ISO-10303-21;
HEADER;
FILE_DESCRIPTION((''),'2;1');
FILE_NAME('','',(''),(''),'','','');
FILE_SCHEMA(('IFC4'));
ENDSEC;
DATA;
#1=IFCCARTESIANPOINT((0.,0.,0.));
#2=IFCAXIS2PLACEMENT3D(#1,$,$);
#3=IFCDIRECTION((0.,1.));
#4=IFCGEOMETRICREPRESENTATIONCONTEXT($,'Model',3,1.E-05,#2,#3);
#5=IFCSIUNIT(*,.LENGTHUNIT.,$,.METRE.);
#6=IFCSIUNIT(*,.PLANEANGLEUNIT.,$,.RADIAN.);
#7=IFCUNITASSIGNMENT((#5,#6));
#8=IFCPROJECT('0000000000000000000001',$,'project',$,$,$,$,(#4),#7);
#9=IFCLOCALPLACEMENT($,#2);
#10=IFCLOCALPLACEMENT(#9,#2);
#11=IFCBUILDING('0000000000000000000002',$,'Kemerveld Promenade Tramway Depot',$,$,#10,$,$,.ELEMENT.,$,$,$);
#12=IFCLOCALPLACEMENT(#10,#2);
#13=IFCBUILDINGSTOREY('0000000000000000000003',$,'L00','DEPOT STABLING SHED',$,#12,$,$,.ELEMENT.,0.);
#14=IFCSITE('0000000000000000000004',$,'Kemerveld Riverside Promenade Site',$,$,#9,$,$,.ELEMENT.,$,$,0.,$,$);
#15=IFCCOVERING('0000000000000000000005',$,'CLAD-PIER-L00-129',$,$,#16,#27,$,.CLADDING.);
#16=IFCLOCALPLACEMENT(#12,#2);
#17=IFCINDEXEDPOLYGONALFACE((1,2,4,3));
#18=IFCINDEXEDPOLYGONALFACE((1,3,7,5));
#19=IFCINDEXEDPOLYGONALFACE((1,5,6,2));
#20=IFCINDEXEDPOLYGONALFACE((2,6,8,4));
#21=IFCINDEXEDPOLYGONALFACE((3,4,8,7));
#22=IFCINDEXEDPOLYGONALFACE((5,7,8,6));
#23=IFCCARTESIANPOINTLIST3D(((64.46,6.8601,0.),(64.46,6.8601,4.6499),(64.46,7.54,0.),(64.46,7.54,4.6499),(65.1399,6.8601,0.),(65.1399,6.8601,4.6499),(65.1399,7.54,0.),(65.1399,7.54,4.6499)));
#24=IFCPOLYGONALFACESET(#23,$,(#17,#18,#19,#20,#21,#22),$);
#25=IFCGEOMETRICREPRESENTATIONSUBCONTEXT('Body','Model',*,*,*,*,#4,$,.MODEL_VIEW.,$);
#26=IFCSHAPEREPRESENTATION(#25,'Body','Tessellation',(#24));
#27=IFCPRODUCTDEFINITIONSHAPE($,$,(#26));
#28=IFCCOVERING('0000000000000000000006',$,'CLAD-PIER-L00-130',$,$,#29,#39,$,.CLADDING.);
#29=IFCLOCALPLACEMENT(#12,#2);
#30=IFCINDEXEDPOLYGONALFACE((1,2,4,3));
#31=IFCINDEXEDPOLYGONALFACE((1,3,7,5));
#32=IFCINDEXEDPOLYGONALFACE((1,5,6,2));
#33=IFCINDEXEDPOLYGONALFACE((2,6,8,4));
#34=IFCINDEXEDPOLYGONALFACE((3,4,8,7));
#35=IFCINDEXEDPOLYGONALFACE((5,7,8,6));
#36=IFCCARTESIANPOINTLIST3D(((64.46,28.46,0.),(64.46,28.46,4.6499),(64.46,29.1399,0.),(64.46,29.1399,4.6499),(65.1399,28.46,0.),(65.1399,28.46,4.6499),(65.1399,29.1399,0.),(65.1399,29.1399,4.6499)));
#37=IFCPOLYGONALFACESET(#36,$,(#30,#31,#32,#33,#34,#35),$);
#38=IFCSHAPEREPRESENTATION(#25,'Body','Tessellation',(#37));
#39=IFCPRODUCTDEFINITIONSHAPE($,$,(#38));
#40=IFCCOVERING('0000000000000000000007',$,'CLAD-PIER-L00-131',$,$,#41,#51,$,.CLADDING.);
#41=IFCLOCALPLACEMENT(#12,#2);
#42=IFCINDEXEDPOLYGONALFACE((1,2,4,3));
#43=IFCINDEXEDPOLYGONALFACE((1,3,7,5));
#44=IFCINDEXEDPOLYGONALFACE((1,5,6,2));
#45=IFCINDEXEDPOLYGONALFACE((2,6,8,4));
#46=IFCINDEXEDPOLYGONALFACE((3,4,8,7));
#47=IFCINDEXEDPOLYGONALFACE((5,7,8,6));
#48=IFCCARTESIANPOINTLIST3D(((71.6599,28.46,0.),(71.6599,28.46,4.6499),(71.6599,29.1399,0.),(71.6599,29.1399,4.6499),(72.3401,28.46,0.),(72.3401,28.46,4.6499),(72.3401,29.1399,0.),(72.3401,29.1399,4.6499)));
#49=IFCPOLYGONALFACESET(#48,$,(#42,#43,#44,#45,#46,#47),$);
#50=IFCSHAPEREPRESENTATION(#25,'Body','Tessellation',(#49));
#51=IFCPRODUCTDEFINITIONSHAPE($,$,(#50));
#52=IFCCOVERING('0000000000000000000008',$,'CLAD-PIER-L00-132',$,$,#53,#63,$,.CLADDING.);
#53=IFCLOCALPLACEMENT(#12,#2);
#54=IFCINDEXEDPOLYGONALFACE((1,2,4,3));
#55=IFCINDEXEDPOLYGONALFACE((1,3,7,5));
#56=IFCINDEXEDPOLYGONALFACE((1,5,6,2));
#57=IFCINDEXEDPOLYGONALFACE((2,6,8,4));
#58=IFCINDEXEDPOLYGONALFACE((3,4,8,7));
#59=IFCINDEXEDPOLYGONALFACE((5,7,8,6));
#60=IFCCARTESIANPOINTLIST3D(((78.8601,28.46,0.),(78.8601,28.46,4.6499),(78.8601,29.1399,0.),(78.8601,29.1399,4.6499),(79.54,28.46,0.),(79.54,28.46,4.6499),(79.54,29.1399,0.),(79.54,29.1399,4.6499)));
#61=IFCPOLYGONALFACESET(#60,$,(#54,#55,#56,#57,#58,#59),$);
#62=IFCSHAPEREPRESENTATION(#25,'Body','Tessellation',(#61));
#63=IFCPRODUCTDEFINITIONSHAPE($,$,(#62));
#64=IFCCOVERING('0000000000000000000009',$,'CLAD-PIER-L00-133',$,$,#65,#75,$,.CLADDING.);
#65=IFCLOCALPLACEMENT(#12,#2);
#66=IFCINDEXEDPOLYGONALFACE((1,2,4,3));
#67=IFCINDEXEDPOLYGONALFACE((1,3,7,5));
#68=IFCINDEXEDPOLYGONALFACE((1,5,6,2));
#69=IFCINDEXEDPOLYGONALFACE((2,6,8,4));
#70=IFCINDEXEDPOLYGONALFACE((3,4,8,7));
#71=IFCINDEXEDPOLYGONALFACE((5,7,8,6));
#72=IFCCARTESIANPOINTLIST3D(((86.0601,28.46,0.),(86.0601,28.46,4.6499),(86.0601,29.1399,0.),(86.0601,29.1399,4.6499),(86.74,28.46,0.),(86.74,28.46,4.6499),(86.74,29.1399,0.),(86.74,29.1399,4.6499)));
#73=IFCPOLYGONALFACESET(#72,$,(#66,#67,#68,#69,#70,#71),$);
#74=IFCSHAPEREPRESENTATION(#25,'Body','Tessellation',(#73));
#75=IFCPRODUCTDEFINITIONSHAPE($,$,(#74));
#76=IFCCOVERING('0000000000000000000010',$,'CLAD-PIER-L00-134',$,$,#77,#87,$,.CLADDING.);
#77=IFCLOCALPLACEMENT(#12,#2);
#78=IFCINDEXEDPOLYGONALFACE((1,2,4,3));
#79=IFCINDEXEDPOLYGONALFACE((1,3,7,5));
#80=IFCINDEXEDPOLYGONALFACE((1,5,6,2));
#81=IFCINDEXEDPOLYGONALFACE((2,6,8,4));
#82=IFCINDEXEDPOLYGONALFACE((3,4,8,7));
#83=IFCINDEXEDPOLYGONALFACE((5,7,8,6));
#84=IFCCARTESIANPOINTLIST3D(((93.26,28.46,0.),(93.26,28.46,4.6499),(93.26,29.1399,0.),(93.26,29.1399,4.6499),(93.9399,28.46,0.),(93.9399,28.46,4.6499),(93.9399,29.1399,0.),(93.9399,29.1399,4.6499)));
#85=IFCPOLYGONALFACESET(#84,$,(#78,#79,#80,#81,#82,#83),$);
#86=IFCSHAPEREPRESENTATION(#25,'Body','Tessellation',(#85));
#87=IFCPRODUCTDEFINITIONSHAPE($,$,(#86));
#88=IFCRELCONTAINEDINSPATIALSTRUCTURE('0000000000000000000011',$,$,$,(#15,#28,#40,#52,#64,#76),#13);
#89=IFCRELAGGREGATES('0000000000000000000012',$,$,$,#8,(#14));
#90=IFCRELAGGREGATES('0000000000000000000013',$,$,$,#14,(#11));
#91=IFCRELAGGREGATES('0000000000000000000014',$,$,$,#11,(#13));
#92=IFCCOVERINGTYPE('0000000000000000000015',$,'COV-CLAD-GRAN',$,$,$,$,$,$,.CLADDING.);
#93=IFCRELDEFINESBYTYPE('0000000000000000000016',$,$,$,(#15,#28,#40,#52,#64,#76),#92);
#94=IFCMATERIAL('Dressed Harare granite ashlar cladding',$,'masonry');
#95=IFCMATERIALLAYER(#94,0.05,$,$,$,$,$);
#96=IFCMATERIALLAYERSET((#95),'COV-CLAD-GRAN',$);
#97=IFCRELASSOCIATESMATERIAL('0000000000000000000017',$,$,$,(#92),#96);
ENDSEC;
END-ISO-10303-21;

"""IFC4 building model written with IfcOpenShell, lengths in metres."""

from ifc_helpers import new_model, si_unit, direction, origin, place, context, subcontext, project, spatial, polyline, outline, extrude, material, layer, layer_set, type_object, element, save


model = new_model("IFC4")

# Units and contexts
model_context = context("Model", 3, precision=1e-05, world=origin(), true_north=direction((0.0, 1.0)))
body_context = subcontext(model_context, "Body", "Model", "MODEL_VIEW")
ifc_project = project(units=[si_unit("LENGTHUNIT", "METRE"), si_unit("PLANEANGLEUNIT", "RADIAN")], contexts=[model_context])

# Site, building, storey
site_placement = place(None, origin())
site = spatial("IfcSite", under=ifc_project, at=site_placement, Name="Kemerveld Riverside Promenade Site", CompositionType="ELEMENT", RefElevation=0.0)
building_placement = place(site_placement, origin())
building = spatial("IfcBuilding", under=site, at=building_placement, Name="Kemerveld Promenade Tramway Depot", CompositionType="ELEMENT")
storey_placement = place(building_placement, origin())
storey = spatial("IfcBuildingStorey", under=building, at=storey_placement, Name="L00", Description="DEPOT STABLING SHED", CompositionType="ELEMENT", Elevation=0.0)

# Coverings
ifc_material = material(Name="Dressed Harare granite ashlar cladding", Category="masonry")
ifc_layer = layer(ifc_material, 0.05)
ifc_layer_set = layer_set([ifc_layer], Name="COV-CLAD-GRAN")
covering_type = type_object("IfcCoveringType", Name="COV-CLAD-GRAN", PredefinedType="CLADDING", material=ifc_layer_set)
covering_1_placement = place(storey_placement, origin())
element("IfcCovering", 1, at=covering_1_placement, inside=storey, type_object=covering_type, Name="CLAD-PIER-L00-129", PredefinedType="CLADDING", context=body_context, shape_type="SweptSolid", body=[
    extrude(outline(polyline([(64.46, 6.8601), (65.1399, 6.8601), (65.1399, 7.54), (64.46, 7.54), (64.46, 6.8601)])), origin(), (0.0, 0.0, 1.0), 4.6499),
])
covering_2_placement = place(storey_placement, origin())
element("IfcCovering", 2, at=covering_2_placement, inside=storey, type_object=covering_type, Name="CLAD-PIER-L00-130", PredefinedType="CLADDING", context=body_context, shape_type="SweptSolid", body=[
    extrude(outline(polyline([(64.46, 28.46), (65.1399, 28.46), (65.1399, 29.1399), (64.46, 29.1399), (64.46, 28.46)])), origin(), (0.0, 0.0, 1.0), 4.6499),
])
covering_3_placement = place(storey_placement, origin())
element("IfcCovering", 3, at=covering_3_placement, inside=storey, type_object=covering_type, Name="CLAD-PIER-L00-131", PredefinedType="CLADDING", context=body_context, shape_type="SweptSolid", body=[
    extrude(outline(polyline([(71.6599, 28.46), (72.3401, 28.46), (72.3401, 29.1399), (71.6599, 29.1399), (71.6599, 28.46)])), origin(), (0.0, 0.0, 1.0), 4.6499),
])
covering_4_placement = place(storey_placement, origin())
element("IfcCovering", 4, at=covering_4_placement, inside=storey, type_object=covering_type, Name="CLAD-PIER-L00-132", PredefinedType="CLADDING", context=body_context, shape_type="SweptSolid", body=[
    extrude(outline(polyline([(78.8601, 28.46), (79.54, 28.46), (79.54, 29.1399), (78.8601, 29.1399), (78.8601, 28.46)])), origin(), (0.0, 0.0, 1.0), 4.6499),
])
covering_5_placement = place(storey_placement, origin())
element("IfcCovering", 5, at=covering_5_placement, inside=storey, type_object=covering_type, Name="CLAD-PIER-L00-133", PredefinedType="CLADDING", context=body_context, shape_type="SweptSolid", body=[
    extrude(outline(polyline([(86.0601, 28.46), (86.74, 28.46), (86.74, 29.1399), (86.0601, 29.1399), (86.0601, 28.46)])), origin(), (0.0, 0.0, 1.0), 4.6499),
])
covering_6_placement = place(storey_placement, origin())
element("IfcCovering", 6, at=covering_6_placement, inside=storey, type_object=covering_type, Name="CLAD-PIER-L00-134", PredefinedType="CLADDING", context=body_context, shape_type="SweptSolid", body=[
    extrude(outline(polyline([(93.26, 28.46), (93.9399, 28.46), (93.9399, 29.1399), (93.26, 29.1399), (93.26, 28.46)])), origin(), (0.0, 0.0, 1.0), 4.6499),
])

save(model, "model.ifc")
